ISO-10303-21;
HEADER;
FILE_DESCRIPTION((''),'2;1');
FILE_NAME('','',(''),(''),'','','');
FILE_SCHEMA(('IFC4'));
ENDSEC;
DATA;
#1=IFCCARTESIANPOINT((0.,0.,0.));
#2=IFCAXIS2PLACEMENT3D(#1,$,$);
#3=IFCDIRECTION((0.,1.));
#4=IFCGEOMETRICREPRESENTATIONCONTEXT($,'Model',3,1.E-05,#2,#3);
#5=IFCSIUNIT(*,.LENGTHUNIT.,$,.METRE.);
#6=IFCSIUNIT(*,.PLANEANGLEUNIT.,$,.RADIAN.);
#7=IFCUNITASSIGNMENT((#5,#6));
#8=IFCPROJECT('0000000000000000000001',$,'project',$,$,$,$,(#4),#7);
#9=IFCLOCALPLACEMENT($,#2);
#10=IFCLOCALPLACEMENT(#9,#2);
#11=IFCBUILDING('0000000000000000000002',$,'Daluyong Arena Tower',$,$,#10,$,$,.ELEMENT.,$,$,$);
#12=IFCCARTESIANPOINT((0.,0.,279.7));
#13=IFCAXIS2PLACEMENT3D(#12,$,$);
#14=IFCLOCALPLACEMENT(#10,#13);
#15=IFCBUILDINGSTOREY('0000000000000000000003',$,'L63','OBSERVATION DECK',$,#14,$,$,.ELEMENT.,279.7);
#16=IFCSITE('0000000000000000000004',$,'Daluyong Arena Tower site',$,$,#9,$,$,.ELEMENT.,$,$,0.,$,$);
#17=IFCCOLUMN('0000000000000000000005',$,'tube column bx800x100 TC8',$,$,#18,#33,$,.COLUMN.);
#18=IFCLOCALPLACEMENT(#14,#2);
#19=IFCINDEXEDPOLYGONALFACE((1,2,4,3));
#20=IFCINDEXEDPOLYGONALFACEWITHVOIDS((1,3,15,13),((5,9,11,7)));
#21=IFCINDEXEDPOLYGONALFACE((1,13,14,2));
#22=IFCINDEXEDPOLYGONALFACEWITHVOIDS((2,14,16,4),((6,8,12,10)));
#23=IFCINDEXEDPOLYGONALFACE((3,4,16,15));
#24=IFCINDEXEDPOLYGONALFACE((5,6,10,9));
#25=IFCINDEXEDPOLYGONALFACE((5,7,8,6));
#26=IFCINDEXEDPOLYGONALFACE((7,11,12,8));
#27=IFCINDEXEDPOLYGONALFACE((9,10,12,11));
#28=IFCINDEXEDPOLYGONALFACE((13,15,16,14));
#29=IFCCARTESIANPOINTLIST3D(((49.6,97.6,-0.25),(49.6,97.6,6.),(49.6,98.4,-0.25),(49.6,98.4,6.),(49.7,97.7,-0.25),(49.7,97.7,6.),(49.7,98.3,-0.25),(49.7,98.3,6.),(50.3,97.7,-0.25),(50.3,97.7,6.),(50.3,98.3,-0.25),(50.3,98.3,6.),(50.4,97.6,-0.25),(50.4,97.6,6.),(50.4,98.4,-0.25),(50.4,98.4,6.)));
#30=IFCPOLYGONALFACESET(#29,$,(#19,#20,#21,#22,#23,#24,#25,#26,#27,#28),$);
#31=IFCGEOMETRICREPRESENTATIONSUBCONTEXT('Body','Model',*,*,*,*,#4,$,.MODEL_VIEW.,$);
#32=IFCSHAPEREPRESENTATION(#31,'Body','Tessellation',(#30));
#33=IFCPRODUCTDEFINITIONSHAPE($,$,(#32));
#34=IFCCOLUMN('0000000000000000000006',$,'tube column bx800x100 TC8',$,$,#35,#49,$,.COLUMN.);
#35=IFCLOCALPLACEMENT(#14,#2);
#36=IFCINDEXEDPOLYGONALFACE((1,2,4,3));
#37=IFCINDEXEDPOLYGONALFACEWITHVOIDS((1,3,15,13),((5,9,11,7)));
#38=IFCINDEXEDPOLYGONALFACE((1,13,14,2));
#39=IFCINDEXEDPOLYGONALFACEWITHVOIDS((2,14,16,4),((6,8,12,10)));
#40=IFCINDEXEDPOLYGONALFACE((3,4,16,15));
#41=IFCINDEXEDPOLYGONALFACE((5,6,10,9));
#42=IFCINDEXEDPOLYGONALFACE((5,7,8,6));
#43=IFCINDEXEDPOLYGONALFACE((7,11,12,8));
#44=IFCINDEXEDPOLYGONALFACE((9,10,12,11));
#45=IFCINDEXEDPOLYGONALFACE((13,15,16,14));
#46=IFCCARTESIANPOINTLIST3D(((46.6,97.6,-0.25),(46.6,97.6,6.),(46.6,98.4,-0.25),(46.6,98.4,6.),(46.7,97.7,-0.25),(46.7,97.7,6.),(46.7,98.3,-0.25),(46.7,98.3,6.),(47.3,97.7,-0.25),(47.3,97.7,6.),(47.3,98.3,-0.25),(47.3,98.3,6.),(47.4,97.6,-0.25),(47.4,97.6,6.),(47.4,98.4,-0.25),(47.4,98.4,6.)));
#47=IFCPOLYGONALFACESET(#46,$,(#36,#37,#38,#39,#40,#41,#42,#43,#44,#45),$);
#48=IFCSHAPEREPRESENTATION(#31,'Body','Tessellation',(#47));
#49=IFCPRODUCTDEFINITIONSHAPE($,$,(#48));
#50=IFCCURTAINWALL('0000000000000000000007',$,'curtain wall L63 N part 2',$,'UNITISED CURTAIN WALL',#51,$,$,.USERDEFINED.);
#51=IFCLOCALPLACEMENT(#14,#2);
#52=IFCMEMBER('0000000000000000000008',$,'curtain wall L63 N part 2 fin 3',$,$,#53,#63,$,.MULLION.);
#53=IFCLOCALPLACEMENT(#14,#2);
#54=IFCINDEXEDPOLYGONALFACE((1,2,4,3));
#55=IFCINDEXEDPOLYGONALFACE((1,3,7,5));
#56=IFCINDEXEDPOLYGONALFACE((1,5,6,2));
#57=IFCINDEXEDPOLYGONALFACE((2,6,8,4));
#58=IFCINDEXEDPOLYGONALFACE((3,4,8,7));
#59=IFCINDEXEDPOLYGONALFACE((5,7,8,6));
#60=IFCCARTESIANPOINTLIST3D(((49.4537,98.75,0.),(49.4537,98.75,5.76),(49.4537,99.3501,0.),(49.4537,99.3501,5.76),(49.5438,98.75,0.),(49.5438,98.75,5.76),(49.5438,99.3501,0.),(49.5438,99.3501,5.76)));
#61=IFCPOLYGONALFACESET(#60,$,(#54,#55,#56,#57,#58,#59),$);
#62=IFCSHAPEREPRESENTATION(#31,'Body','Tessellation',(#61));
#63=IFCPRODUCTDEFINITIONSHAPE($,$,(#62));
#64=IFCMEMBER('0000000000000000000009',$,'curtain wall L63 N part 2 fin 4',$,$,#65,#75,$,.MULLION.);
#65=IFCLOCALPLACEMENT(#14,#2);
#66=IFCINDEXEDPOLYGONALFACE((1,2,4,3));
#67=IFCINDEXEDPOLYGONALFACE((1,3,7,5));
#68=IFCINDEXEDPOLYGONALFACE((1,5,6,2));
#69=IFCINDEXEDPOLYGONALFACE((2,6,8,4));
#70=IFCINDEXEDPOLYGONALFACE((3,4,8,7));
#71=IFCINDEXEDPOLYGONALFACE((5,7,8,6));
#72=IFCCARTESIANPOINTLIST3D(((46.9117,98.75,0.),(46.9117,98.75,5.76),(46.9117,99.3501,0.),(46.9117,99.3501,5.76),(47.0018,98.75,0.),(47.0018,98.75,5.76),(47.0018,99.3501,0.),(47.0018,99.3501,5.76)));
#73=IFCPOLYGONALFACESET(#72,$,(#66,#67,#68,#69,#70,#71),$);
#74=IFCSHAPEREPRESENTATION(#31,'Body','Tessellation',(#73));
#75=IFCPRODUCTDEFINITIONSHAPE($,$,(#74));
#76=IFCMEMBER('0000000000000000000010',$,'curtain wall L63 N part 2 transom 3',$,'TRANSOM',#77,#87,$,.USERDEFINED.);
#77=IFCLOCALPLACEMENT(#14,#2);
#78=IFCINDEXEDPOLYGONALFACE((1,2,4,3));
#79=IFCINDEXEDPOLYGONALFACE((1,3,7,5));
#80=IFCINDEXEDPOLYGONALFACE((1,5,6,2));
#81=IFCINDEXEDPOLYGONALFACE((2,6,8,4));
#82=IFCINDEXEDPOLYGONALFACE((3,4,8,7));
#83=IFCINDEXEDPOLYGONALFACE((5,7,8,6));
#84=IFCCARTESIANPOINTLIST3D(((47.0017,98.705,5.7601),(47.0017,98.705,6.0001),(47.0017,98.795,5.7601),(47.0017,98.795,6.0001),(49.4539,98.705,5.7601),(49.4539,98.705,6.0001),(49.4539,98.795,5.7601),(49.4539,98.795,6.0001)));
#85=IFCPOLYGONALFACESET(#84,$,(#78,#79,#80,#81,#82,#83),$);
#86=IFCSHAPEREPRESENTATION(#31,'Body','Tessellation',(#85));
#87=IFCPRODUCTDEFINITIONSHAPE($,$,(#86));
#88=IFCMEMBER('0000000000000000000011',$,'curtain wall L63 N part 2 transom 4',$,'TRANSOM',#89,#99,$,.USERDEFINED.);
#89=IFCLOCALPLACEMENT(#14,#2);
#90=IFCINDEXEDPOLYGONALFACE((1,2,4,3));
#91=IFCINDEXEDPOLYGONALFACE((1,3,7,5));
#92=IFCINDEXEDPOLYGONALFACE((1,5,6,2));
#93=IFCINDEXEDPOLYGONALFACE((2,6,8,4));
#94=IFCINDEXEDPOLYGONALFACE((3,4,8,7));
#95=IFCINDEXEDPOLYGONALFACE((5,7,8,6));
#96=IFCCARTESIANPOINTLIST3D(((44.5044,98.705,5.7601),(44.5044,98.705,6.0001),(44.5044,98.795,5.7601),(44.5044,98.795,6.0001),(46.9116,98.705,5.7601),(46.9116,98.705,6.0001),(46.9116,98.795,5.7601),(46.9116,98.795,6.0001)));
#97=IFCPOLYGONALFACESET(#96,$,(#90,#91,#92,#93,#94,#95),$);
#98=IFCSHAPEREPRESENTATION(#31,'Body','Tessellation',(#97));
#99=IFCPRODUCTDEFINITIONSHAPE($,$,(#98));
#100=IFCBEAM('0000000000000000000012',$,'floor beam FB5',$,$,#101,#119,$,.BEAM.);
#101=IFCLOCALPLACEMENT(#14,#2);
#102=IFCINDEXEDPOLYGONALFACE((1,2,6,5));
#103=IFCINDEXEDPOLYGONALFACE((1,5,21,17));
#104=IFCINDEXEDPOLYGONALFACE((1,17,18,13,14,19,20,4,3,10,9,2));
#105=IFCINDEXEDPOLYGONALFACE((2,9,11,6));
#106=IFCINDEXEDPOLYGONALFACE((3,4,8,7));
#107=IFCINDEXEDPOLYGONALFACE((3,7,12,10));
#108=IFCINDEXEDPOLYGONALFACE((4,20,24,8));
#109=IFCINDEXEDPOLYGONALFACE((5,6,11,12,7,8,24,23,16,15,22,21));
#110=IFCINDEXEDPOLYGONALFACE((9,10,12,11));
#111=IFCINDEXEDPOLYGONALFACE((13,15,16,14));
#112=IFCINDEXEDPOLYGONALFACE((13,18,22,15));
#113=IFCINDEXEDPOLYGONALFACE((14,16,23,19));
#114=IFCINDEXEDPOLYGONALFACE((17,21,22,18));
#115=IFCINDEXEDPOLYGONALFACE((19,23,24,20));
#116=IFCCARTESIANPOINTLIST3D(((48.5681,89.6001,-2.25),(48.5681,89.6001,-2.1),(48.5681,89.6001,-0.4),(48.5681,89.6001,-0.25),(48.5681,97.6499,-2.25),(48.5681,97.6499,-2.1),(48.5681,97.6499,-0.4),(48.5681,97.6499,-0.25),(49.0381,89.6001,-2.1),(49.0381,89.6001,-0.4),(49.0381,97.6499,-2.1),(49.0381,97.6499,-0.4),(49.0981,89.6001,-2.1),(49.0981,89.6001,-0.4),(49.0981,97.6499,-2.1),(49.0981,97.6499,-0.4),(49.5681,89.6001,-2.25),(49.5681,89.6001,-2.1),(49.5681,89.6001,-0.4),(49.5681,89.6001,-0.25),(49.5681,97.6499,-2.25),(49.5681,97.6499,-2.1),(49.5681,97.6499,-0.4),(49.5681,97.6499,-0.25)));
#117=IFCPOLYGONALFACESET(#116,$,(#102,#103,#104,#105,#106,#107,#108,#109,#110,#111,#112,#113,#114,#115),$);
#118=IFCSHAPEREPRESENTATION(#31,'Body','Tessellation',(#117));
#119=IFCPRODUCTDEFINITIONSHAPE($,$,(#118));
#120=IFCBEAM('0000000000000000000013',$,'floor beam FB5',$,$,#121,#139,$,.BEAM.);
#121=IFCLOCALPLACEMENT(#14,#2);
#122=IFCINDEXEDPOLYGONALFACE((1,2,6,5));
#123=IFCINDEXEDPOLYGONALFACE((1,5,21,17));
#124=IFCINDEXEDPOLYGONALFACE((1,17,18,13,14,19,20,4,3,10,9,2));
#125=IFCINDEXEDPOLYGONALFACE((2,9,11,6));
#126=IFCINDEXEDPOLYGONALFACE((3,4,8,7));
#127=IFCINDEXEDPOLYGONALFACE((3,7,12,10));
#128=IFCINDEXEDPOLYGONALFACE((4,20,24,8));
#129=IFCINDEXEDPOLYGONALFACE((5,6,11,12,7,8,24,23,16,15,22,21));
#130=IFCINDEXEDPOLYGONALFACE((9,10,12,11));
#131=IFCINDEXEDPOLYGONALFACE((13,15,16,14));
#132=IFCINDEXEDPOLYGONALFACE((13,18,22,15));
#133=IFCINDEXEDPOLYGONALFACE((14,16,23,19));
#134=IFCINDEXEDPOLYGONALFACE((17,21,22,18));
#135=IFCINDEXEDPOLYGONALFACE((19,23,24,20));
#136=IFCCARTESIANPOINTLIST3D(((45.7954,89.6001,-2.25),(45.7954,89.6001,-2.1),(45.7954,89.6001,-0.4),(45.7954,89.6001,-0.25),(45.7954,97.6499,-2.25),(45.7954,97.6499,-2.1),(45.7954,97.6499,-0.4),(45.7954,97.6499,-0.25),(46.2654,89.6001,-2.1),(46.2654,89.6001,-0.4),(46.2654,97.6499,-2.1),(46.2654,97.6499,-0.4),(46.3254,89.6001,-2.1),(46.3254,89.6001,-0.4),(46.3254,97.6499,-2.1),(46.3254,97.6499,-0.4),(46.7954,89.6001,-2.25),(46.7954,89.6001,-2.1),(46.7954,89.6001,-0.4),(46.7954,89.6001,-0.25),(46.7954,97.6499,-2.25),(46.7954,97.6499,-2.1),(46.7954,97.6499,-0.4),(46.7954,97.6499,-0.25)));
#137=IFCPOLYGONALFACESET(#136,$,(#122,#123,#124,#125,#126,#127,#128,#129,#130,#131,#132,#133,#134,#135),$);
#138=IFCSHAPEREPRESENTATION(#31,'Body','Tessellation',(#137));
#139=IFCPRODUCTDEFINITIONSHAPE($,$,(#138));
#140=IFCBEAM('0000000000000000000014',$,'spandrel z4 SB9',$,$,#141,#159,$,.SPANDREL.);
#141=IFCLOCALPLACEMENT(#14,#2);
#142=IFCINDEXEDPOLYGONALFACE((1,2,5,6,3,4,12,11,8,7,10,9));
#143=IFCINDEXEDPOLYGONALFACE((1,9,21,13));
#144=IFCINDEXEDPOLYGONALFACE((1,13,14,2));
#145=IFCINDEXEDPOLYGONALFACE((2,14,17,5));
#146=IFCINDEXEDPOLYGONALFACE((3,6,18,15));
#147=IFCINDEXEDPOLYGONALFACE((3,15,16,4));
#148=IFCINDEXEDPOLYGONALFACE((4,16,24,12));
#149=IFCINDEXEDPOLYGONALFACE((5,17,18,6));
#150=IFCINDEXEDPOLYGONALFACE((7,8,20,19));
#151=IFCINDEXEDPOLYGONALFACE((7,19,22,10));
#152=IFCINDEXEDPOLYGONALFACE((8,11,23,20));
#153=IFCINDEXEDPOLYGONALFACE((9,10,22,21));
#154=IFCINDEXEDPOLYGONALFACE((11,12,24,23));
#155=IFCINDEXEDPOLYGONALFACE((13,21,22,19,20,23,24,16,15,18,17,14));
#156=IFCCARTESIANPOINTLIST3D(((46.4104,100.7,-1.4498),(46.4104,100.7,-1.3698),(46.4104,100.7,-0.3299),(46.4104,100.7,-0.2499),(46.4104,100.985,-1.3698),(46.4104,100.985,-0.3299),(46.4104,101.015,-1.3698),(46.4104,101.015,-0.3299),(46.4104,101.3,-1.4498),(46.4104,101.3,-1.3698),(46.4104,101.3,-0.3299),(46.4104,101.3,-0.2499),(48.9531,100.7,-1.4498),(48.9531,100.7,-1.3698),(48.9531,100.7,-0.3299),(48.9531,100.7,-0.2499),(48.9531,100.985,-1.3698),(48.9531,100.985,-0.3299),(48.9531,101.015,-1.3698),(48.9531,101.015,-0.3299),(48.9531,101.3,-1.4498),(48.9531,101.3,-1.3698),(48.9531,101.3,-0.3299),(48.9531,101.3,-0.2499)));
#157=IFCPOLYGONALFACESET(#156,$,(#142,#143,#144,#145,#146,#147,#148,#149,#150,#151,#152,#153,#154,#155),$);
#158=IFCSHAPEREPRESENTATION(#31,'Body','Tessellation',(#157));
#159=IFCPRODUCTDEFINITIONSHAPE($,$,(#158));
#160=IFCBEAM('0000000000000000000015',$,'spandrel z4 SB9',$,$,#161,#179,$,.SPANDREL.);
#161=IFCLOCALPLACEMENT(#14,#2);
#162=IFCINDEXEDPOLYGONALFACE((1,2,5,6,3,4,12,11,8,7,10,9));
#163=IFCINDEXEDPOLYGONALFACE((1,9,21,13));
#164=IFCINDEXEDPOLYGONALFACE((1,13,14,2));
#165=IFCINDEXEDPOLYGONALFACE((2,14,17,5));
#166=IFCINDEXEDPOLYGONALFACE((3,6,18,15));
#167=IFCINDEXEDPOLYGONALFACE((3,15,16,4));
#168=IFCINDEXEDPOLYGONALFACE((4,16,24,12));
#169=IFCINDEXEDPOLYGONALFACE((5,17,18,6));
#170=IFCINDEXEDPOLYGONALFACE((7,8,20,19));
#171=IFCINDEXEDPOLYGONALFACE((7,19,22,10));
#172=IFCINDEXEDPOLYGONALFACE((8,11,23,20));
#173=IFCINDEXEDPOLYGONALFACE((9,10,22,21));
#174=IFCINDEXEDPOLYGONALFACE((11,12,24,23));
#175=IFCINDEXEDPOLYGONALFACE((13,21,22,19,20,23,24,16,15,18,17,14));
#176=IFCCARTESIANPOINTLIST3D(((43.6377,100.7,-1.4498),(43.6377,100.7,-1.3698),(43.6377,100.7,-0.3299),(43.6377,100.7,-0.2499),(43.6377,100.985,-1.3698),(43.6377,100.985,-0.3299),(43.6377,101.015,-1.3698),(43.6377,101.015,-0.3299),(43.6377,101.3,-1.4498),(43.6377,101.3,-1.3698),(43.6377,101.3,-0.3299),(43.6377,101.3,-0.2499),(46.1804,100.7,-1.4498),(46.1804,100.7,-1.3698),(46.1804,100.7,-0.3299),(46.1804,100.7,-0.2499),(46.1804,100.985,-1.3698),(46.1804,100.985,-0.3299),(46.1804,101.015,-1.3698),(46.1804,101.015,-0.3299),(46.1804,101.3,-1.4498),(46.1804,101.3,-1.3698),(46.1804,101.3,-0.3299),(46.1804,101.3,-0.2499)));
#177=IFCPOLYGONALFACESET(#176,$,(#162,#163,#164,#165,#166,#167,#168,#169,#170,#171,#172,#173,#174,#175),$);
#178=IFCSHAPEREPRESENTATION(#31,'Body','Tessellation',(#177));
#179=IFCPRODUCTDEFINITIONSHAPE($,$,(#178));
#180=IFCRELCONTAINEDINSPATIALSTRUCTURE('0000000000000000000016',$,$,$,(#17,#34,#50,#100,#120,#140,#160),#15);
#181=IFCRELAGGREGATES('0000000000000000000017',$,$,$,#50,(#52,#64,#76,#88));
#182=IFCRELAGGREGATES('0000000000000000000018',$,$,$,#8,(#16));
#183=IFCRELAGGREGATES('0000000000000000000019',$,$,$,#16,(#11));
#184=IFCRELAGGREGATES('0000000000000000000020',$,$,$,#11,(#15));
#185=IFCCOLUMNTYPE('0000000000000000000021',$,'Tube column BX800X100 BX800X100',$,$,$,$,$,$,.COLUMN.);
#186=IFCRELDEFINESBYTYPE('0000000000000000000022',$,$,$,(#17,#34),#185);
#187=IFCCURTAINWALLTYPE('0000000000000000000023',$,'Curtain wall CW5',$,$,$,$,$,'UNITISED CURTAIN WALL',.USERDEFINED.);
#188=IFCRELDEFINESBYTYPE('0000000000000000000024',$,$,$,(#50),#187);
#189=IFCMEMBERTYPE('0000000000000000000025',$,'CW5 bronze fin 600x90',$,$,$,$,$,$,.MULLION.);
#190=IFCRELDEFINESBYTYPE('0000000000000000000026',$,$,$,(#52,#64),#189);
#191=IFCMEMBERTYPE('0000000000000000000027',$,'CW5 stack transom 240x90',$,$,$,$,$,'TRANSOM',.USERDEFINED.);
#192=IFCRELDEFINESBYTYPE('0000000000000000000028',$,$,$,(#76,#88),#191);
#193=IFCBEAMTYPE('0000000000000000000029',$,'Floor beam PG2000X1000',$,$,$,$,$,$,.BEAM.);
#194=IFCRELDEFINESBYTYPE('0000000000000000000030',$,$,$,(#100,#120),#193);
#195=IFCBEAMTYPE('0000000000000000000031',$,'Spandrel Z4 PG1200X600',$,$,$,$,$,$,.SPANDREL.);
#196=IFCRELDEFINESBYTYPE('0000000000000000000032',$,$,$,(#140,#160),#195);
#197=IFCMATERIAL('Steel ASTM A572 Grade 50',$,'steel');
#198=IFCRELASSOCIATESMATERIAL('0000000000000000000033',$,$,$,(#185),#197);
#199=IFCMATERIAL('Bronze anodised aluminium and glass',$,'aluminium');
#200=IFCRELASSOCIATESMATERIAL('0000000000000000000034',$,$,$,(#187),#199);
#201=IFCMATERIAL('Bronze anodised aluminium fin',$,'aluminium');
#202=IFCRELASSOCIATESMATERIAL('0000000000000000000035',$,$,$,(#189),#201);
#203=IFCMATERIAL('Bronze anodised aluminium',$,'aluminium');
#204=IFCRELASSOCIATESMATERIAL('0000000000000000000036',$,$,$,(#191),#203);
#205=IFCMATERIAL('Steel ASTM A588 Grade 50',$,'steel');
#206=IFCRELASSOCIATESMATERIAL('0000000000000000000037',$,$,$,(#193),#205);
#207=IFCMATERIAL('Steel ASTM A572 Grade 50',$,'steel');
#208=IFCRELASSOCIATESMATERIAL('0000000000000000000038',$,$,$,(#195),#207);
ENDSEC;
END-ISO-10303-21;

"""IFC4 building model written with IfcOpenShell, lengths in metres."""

from ifc_helpers import new_model, si_unit, direction, frame, origin, origin_2d, place, context, subcontext, project, spatial, rectangle, hollow_rectangle, i_section, extrude, material, material_profile, profile_set, type_object, element, aggregate, save


model = new_model("IFC4")

# Units and contexts
model_context = context("Model", 3, precision=1e-05, world=origin(), true_north=direction((0.0, 1.0)))
body_context = subcontext(model_context, "Body", "Model", "MODEL_VIEW")
ifc_project = project(units=[si_unit("LENGTHUNIT", "METRE"), si_unit("PLANEANGLEUNIT", "RADIAN")], contexts=[model_context])

# Site, building, storey
site_placement = place(None, origin())
site = spatial("IfcSite", under=ifc_project, at=site_placement, Name="Daluyong Arena Tower site", CompositionType="ELEMENT", RefElevation=0.0)
building_placement = place(site_placement, origin())
building = spatial("IfcBuilding", under=site, at=building_placement, Name="Daluyong Arena Tower", CompositionType="ELEMENT")
storey_placement = place(building_placement, frame((0.0, 0.0, 279.7)))
storey = spatial("IfcBuildingStorey", under=building, at=storey_placement, Name="L63", Description="OBSERVATION DECK", CompositionType="ELEMENT", Elevation=279.7)

# Columns
ifc_material_1 = material(Name="Steel ASTM A572 Grade 50", Category="steel")
ifc_material_profile_1 = material_profile(ifc_material_1, hollow_rectangle(XDim=0.8, YDim=0.8, WallThickness=0.1, at=origin_2d()))
ifc_profile_set_1 = profile_set([ifc_material_profile_1], Name="Steel ASTM A572 Grade 50")
column_type = type_object("IfcColumnType", Name="Tube column BX800X100 BX800X100", PredefinedType="COLUMN", material=ifc_profile_set_1)
for number, where, z_axis, x_axis, name in (
    (1, (50.0, 98.0, -0.25), (0.0, 0.0, 1.0), (1.0, 0.0, 0.0), "tube column bx800x100 TC8"),
    (2, (47.0, 98.0, -0.25), (0.0, 0.0, 1.0), (1.0, 0.0, 0.0), "tube column bx800x100 TC8"),
):
    element("IfcColumn", number, at=place(storey_placement, frame(where, z_axis=z_axis, x_axis=x_axis)), inside=storey, type_object=column_type, Name=name, PredefinedType="COLUMN", context=body_context, shape_type="SweptSolid", body=[
        extrude(hollow_rectangle(XDim=0.8, YDim=0.8, WallThickness=0.1, at=origin_2d()), origin(), (0.0, 0.0, 1.0), 6.25),
    ])

# Curtain wall, members
ifc_material_2 = material(Name="Bronze anodised aluminium and glass", Category="aluminium")
curtain_wall_type = type_object("IfcCurtainWallType", Name="Curtain wall CW5", ElementType="UNITISED CURTAIN WALL", PredefinedType="USERDEFINED", material=ifc_material_2)
curtain_wall_placement = place(storey_placement, origin())
curtain_wall = element("IfcCurtainWall", 3, at=curtain_wall_placement, inside=storey, type_object=curtain_wall_type, Name="curtain wall L63 N part 2", ObjectType="UNITISED CURTAIN WALL", PredefinedType="USERDEFINED")
ifc_material_3 = material(Name="Bronze anodised aluminium fin", Category="aluminium")
ifc_material_profile_2 = material_profile(ifc_material_3, rectangle(XDim=0.6001, YDim=0.0901, at=origin_2d()))
ifc_profile_set_2 = profile_set([ifc_material_profile_2], Name="Bronze anodised aluminium fin")
member_type_1 = type_object("IfcMemberType", Name="CW5 bronze fin 600x90", PredefinedType="MULLION", material=ifc_profile_set_2)
member_1_placement = place(storey_placement, frame((49.4988, 99.05, 0.0), z_axis=(0.0, 0.0, 1.0), x_axis=(0.0, -1.0, 0.0)))
member_1 = element("IfcMember", 4, at=member_1_placement, type_object=member_type_1, Name="curtain wall L63 N part 2 fin 3", PredefinedType="MULLION", context=body_context, shape_type="SweptSolid", body=[
    extrude(rectangle(XDim=0.6001, YDim=0.0901, at=origin_2d()), origin(), (0.0, 0.0, 1.0), 5.76),
])
member_2_placement = place(storey_placement, frame((46.9568, 99.05, 0.0), z_axis=(0.0, 0.0, 1.0), x_axis=(0.0, -1.0, 0.0)))
member_2 = element("IfcMember", 5, at=member_2_placement, type_object=member_type_1, Name="curtain wall L63 N part 2 fin 4", PredefinedType="MULLION", context=body_context, shape_type="SweptSolid", body=[
    extrude(rectangle(XDim=0.6001, YDim=0.0901, at=origin_2d()), origin(), (0.0, 0.0, 1.0), 5.76),
])
ifc_material_4 = material(Name="Bronze anodised aluminium", Category="aluminium")
ifc_material_profile_3 = material_profile(ifc_material_4, rectangle(XDim=0.0901, YDim=0.24, at=origin_2d()))
ifc_profile_set_3 = profile_set([ifc_material_profile_3], Name="Bronze anodised aluminium")
member_type_2 = type_object("IfcMemberType", Name="CW5 stack transom 240x90", ElementType="TRANSOM", PredefinedType="USERDEFINED", material=ifc_profile_set_3)
member_3_placement = place(storey_placement, frame((49.4539, 98.75, 5.8801), z_axis=(-1.0, 0.0, 0.0), x_axis=(0.0, -1.0, 0.0)))
member_3 = element("IfcMember", 6, at=member_3_placement, type_object=member_type_2, Name="curtain wall L63 N part 2 transom 3", ObjectType="TRANSOM", PredefinedType="USERDEFINED", context=body_context, shape_type="SweptSolid", body=[
    extrude(rectangle(XDim=0.0901, YDim=0.24, at=origin_2d()), origin(), (0.0, 0.0, 1.0), 2.4521),
])
member_4_placement = place(storey_placement, frame((46.9116, 98.75, 5.8801), z_axis=(-1.0, 0.0, 0.0), x_axis=(0.0, -1.0, 0.0)))
member_4 = element("IfcMember", 7, at=member_4_placement, type_object=member_type_2, Name="curtain wall L63 N part 2 transom 4", ObjectType="TRANSOM", PredefinedType="USERDEFINED", context=body_context, shape_type="SweptSolid", body=[
    extrude(rectangle(XDim=0.0901, YDim=0.24, at=origin_2d()), origin(), (0.0, 0.0, 1.0), 2.4072),
])

# Beams
ifc_material_5 = material(Name="Steel ASTM A588 Grade 50", Category="steel")
ifc_material_profile_4 = material_profile(ifc_material_5, i_section(OverallWidth=1.0, OverallDepth=2.0, WebThickness=0.06, FlangeThickness=0.15, at=origin_2d()))
ifc_profile_set_4 = profile_set([ifc_material_profile_4], Name="Steel ASTM A588 Grade 50")
beam_type_1 = type_object("IfcBeamType", Name="Floor beam PG2000X1000", PredefinedType="BEAM", material=ifc_profile_set_4)
for number, where, z_axis, x_axis, name in (
    (8, (49.0681, 97.6499, -1.25), (0.0, -1.0, 0.0), (1.0, 0.0, 0.0), "floor beam FB5"),
    (9, (46.2954, 97.6499, -1.25), (0.0, -1.0, 0.0), (1.0, 0.0, 0.0), "floor beam FB5"),
):
    element("IfcBeam", number, at=place(storey_placement, frame(where, z_axis=z_axis, x_axis=x_axis)), inside=storey, type_object=beam_type_1, Name=name, PredefinedType="BEAM", context=body_context, shape_type="SweptSolid", body=[
        extrude(i_section(OverallWidth=1.0, OverallDepth=2.0, WebThickness=0.06, FlangeThickness=0.15, at=origin_2d()), origin(), (0.0, 0.0, 1.0), 8.0498),
    ])
ifc_material_6 = material(Name="Steel ASTM A572 Grade 50", Category="steel")
ifc_material_profile_5 = material_profile(ifc_material_6, i_section(OverallWidth=0.6001, OverallDepth=1.2, WebThickness=0.03, FlangeThickness=0.08, at=origin_2d()))
ifc_profile_set_5 = profile_set([ifc_material_profile_5], Name="Steel ASTM A572 Grade 50")
beam_type_2 = type_object("IfcBeamType", Name="Spandrel Z4 PG1200X600", PredefinedType="SPANDREL", material=ifc_profile_set_5)
for number, where, z_axis, x_axis, name in (
    (10, (48.9531, 101.0, -0.8499), (-1.0, 0.0, 0.0), (0.0, -1.0, 0.0), "spandrel z4 SB9"),
    (11, (46.1804, 101.0, -0.8499), (-1.0, 0.0, 0.0), (0.0, -1.0, 0.0), "spandrel z4 SB9"),
):
    element("IfcBeam", number, at=place(storey_placement, frame(where, z_axis=z_axis, x_axis=x_axis)), inside=storey, type_object=beam_type_2, Name=name, PredefinedType="SPANDREL", context=body_context, shape_type="SweptSolid", body=[
        extrude(i_section(OverallWidth=0.6001, OverallDepth=1.2, WebThickness=0.03, FlangeThickness=0.08, at=origin_2d()), origin(), (0.0, 0.0, 1.0), 2.5427),
    ])

aggregate(curtain_wall, [member_1, member_2, member_3, member_4])

save(model, "model.ifc")
